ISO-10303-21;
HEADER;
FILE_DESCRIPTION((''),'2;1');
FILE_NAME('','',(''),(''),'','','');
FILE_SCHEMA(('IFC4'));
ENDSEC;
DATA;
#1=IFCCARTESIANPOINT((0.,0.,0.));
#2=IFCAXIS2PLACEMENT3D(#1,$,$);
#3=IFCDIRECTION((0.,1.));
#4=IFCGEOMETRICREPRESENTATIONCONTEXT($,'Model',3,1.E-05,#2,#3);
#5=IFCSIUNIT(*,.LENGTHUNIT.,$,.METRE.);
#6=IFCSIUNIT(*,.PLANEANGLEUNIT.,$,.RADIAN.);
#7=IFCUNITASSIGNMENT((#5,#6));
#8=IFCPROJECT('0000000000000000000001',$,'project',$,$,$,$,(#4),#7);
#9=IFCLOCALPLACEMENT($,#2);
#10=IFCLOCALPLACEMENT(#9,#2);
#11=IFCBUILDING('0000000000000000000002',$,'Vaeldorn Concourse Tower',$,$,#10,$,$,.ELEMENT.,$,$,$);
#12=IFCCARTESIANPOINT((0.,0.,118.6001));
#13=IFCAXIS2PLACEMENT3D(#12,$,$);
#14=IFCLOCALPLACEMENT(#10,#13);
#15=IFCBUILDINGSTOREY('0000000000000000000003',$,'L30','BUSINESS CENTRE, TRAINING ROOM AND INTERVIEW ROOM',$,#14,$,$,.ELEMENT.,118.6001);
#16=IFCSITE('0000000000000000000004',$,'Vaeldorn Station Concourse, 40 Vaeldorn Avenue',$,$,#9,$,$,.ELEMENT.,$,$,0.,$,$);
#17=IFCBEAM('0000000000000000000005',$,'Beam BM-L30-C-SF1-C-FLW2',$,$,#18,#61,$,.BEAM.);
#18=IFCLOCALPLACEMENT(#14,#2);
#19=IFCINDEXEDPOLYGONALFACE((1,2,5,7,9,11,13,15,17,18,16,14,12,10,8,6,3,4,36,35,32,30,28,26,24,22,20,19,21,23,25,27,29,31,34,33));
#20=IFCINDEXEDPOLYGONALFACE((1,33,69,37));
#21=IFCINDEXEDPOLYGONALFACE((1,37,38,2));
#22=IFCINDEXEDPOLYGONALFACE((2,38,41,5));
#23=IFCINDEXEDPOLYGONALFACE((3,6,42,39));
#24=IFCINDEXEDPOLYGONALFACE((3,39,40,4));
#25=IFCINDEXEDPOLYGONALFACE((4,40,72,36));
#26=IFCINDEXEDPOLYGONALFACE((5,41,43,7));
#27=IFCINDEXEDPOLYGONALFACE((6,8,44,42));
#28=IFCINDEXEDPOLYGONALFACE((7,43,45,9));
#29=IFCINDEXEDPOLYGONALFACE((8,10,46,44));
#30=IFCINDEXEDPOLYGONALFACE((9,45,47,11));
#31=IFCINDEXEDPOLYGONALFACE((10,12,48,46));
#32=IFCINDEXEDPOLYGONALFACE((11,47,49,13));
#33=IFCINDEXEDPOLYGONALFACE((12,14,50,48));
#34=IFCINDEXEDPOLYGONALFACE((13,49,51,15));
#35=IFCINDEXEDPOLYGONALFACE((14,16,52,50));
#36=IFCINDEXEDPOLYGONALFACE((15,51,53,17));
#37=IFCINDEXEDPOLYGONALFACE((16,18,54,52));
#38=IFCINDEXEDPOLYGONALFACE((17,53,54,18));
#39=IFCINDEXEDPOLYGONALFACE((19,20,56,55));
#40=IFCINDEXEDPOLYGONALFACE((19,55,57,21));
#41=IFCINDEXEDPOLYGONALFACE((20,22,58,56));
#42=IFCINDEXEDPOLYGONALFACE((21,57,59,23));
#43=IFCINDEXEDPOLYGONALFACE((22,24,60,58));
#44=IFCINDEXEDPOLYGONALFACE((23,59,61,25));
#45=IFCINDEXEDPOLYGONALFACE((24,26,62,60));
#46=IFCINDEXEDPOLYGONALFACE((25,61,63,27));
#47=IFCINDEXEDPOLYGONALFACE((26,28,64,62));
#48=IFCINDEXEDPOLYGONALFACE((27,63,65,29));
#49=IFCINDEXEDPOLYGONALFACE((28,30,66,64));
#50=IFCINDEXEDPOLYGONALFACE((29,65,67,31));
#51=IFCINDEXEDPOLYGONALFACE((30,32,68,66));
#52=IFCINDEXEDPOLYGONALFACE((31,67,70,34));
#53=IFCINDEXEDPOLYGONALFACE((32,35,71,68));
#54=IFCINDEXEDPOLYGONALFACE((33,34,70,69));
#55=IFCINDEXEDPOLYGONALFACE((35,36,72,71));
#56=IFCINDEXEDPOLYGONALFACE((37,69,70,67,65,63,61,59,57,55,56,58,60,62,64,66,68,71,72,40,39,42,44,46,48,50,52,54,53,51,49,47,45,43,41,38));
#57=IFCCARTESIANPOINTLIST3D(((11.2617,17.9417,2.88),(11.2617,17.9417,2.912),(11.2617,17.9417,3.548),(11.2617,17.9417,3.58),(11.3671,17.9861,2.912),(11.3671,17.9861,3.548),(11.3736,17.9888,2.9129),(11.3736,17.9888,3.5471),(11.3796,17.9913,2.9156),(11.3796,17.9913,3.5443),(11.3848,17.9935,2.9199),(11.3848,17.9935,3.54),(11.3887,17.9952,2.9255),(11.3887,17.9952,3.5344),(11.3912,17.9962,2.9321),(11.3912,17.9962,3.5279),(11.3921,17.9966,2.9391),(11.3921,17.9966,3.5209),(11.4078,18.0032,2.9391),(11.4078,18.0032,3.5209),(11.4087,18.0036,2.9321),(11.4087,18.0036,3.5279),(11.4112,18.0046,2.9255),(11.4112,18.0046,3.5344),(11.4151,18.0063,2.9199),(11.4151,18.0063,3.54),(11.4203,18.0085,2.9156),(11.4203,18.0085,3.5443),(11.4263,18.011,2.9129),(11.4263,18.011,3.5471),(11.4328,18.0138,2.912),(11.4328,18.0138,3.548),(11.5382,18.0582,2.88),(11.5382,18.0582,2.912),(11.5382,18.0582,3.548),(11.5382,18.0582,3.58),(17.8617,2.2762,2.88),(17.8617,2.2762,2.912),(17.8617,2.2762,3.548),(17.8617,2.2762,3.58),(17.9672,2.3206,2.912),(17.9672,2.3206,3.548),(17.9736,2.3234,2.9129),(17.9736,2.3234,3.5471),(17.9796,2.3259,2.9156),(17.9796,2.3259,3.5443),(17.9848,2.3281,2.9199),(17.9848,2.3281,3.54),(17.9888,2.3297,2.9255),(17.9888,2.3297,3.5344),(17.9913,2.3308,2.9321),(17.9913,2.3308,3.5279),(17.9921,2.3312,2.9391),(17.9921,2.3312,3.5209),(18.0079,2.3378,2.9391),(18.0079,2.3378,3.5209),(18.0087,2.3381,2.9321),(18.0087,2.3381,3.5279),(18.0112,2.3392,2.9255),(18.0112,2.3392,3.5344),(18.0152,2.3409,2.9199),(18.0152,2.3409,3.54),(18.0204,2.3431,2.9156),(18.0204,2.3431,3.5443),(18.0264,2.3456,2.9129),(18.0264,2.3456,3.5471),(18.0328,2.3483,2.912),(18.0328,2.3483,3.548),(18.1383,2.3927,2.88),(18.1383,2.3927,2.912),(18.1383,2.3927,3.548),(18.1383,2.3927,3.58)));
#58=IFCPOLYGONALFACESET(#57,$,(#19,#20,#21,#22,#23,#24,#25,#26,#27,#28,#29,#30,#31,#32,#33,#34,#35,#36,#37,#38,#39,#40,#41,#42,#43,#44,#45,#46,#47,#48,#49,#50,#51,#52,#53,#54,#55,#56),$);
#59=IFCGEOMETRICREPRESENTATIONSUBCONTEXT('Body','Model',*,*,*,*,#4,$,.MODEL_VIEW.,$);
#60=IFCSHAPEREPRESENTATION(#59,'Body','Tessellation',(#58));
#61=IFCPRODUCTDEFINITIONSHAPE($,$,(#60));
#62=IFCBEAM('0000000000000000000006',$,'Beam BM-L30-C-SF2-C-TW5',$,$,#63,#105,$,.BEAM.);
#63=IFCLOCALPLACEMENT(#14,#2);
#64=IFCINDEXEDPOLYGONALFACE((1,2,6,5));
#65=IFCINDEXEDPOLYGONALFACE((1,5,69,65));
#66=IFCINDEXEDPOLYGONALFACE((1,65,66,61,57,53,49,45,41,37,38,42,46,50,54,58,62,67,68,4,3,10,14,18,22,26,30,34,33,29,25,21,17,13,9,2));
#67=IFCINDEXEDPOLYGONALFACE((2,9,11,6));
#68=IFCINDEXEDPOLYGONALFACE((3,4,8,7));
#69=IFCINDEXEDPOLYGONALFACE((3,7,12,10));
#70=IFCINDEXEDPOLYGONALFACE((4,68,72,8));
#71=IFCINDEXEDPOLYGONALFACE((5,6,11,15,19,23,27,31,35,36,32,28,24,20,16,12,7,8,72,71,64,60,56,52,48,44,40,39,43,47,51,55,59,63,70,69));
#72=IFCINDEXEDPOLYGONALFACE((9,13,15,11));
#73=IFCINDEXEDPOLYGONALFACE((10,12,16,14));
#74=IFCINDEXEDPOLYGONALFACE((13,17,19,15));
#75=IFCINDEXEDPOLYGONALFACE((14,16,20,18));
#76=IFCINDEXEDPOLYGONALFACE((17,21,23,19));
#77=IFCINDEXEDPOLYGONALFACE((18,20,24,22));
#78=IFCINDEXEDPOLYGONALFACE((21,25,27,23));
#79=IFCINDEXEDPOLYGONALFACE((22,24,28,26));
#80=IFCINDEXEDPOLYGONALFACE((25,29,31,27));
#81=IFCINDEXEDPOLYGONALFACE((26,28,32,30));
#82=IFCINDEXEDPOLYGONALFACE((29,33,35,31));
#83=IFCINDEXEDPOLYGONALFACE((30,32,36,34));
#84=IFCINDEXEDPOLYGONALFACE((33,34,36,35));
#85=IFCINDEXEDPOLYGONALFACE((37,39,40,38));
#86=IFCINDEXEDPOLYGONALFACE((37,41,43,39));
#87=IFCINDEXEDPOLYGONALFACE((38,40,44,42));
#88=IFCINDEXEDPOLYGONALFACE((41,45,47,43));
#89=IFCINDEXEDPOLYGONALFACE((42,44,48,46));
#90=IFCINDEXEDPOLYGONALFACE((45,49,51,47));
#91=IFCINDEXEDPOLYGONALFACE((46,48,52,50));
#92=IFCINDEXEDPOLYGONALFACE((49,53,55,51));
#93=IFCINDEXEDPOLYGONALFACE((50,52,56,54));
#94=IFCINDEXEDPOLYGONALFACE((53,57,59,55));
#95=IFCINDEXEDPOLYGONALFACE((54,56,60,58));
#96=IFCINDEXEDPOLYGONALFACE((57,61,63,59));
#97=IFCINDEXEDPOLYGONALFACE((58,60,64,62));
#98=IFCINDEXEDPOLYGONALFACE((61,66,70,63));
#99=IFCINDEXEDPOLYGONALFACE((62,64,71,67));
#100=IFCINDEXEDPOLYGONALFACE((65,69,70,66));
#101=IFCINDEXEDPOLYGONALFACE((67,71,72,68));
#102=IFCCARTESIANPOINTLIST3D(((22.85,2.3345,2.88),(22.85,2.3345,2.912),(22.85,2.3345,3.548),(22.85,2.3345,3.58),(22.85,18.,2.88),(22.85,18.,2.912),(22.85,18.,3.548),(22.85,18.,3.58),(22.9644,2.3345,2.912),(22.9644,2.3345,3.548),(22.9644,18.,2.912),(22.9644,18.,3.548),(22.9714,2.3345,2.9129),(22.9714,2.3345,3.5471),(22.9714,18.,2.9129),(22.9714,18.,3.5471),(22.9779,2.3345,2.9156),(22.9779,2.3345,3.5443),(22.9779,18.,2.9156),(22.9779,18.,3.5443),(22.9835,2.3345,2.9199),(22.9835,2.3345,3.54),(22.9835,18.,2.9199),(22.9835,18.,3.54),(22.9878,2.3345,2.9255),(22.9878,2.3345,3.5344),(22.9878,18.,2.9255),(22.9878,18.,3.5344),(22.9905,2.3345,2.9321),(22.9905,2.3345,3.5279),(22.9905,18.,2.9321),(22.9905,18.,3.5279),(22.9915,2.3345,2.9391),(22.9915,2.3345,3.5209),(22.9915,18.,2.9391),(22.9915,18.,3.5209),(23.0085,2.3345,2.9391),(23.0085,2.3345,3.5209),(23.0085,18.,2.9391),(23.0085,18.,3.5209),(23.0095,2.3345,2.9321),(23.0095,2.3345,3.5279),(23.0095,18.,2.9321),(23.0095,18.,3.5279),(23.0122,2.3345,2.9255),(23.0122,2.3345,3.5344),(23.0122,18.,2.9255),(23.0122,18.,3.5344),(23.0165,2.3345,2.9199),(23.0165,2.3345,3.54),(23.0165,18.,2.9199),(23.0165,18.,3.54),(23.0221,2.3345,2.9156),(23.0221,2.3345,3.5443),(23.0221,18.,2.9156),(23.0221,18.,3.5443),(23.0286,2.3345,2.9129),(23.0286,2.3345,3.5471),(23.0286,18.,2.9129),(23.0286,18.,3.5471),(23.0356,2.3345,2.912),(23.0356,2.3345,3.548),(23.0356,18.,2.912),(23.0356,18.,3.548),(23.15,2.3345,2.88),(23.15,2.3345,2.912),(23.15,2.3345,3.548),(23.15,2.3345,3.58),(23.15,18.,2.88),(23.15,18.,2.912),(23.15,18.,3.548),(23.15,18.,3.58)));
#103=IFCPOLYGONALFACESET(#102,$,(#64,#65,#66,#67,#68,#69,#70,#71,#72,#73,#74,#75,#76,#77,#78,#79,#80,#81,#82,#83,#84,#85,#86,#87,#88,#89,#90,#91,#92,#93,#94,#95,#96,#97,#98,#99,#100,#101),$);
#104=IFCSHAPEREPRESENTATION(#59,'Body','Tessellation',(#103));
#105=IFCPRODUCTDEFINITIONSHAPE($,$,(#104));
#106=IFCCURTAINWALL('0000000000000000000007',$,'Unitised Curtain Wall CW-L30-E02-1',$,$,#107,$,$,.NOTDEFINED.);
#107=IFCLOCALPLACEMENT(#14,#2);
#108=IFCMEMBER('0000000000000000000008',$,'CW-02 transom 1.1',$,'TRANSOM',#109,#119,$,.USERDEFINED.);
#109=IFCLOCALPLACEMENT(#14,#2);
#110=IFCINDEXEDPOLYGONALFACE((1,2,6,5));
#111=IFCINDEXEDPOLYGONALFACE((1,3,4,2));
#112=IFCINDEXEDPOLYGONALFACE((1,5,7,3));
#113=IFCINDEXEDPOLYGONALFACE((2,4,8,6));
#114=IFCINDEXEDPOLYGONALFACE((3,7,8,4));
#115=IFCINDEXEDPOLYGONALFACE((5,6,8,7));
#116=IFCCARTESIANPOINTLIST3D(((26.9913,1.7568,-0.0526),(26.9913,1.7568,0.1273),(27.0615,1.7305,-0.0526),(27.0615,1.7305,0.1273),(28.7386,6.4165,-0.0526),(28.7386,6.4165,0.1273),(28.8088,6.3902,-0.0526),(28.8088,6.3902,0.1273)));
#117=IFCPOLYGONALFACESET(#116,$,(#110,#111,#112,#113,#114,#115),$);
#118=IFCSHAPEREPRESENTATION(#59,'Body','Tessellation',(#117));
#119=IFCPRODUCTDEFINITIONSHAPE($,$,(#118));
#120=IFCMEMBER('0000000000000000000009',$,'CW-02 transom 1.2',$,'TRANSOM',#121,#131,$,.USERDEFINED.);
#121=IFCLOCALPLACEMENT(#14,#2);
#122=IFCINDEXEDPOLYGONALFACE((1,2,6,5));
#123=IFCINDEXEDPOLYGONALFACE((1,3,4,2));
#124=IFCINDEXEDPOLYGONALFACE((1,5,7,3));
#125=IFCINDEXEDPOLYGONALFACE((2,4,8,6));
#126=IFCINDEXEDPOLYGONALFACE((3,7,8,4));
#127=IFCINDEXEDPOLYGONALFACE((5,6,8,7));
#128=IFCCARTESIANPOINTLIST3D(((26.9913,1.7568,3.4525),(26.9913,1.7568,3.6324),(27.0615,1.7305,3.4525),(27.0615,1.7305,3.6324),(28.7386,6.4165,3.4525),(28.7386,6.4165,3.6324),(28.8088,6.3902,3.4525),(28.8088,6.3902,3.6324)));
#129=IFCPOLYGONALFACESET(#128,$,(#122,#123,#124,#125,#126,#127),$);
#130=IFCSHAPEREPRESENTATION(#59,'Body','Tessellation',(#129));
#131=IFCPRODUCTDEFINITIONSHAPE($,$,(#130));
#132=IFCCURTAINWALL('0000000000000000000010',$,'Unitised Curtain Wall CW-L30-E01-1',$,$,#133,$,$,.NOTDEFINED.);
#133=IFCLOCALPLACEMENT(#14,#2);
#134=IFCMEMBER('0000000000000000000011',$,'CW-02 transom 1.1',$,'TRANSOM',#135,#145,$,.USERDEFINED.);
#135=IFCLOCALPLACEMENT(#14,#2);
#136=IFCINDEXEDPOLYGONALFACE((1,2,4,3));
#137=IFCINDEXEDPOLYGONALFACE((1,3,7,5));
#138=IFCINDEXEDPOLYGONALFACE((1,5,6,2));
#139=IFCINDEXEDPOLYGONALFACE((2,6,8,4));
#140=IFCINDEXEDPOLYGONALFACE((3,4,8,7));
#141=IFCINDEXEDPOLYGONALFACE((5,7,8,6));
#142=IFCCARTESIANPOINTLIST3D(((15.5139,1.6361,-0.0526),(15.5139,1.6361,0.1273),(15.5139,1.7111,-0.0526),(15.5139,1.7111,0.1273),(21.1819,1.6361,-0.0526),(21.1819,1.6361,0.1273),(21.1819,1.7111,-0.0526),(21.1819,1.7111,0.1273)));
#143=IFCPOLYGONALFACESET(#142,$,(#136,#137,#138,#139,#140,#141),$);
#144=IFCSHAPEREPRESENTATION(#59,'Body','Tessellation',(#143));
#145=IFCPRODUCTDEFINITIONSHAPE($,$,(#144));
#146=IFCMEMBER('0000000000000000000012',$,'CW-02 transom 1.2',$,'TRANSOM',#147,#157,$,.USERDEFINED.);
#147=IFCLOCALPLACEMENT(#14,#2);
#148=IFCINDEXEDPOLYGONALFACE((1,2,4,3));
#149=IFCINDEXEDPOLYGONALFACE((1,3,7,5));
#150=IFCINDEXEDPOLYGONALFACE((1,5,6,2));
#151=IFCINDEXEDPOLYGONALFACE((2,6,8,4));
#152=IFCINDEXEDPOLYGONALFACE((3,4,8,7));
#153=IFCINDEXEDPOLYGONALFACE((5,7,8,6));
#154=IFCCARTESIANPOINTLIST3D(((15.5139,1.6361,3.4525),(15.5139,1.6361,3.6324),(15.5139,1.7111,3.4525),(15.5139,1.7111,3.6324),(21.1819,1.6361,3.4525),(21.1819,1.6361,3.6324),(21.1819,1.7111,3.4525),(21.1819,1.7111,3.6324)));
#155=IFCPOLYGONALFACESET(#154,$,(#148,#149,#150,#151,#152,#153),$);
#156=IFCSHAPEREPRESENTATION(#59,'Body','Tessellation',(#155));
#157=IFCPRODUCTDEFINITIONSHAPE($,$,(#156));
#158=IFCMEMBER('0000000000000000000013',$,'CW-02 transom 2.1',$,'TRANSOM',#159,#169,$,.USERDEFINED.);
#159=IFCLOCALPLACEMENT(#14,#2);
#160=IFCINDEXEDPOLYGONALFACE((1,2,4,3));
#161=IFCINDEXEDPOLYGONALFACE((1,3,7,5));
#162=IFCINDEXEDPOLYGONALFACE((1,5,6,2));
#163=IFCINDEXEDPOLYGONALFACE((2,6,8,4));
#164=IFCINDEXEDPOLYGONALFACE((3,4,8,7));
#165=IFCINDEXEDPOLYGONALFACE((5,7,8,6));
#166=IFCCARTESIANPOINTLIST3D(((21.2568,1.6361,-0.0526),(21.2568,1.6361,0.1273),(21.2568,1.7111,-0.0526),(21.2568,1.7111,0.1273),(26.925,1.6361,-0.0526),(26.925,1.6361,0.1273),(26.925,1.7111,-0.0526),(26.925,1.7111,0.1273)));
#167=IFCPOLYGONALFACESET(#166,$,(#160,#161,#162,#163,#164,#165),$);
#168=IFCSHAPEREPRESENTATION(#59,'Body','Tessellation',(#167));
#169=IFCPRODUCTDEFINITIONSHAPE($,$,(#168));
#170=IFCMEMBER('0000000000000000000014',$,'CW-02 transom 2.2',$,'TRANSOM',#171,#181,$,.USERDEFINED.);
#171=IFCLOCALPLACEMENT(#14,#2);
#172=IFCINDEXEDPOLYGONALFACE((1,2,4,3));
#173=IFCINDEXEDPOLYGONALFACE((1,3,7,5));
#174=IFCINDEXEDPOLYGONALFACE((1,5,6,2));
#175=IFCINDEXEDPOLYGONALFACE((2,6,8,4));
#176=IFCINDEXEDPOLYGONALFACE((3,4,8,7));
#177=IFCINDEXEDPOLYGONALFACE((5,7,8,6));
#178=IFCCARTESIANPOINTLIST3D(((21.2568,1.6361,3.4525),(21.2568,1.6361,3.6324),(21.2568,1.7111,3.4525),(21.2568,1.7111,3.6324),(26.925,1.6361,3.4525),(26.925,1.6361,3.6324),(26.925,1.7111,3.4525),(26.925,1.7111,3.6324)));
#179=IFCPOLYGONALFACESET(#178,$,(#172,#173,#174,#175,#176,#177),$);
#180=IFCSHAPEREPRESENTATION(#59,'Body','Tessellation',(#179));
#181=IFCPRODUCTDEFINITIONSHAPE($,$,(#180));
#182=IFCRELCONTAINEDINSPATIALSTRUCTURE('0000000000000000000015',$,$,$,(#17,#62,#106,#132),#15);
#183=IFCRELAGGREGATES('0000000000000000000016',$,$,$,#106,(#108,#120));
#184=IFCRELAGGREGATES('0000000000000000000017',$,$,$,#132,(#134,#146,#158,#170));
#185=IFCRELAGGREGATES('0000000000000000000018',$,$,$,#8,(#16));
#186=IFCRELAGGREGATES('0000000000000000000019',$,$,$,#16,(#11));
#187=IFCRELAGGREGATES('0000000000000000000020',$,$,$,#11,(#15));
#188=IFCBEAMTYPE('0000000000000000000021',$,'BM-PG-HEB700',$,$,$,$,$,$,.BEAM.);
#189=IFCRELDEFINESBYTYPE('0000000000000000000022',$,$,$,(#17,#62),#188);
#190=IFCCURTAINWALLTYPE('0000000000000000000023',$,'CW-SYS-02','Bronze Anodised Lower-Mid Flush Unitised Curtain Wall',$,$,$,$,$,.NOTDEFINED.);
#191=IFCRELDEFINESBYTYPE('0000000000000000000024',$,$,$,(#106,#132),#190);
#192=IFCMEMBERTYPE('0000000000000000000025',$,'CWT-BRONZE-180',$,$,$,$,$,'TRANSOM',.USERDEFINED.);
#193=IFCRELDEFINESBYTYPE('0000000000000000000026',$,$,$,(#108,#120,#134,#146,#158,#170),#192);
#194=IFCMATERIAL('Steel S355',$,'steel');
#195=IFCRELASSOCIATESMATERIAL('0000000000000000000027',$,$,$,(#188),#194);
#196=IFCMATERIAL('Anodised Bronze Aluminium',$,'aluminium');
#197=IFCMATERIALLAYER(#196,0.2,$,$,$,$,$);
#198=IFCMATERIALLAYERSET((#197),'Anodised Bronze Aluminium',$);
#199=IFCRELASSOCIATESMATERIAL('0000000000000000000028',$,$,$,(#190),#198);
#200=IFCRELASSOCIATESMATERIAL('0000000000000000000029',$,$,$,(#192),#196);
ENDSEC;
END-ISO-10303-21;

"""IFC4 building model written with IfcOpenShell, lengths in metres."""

from ifc_helpers import new_model, si_unit, direction, frame, origin, origin_2d, place, context, subcontext, project, spatial, rectangle, i_section, extrude, source, transform, mapped, material, layer, layer_set, material_profile, profile_set, type_object, element, aggregate, save


model = new_model("IFC4")

# Units and contexts
model_context = context("Model", 3, precision=1e-05, world=origin(), true_north=direction((0.0, 1.0)))
body_context = subcontext(model_context, "Body", "Model", "MODEL_VIEW")
ifc_project = project(units=[si_unit("LENGTHUNIT", "METRE"), si_unit("PLANEANGLEUNIT", "RADIAN")], contexts=[model_context])

# Site, building, storey
site_placement = place(None, origin())
site = spatial("IfcSite", under=ifc_project, at=site_placement, Name="Vaeldorn Station Concourse, 40 Vaeldorn Avenue", CompositionType="ELEMENT", RefElevation=0.0)
building_placement = place(site_placement, origin())
building = spatial("IfcBuilding", under=site, at=building_placement, Name="Vaeldorn Concourse Tower", CompositionType="ELEMENT")
storey_placement = place(building_placement, frame((0.0, 0.0, 118.6001)))
storey = spatial("IfcBuildingStorey", under=building, at=storey_placement, Name="L30", Description="BUSINESS CENTRE, TRAINING ROOM AND INTERVIEW ROOM", CompositionType="ELEMENT", Elevation=118.6001)

# Beams
ifc_material_1 = material(Name="Steel S355", Category="steel")
ifc_material_profile_1 = material_profile(ifc_material_1, i_section(OverallWidth=0.3, OverallDepth=0.7, WebThickness=0.0171, FlangeThickness=0.032, FilletRadius=0.0271, at=origin_2d()), Name="HEB 700")
ifc_profile_set_1 = profile_set([ifc_material_profile_1], Name="Steel S355")
beam_type_1 = type_object("IfcBeamType", Name="BM-PG-HEB700", PredefinedType="BEAM", material=ifc_profile_set_1)
shared_shape_1 = source(origin(), body_context, "Body", "SweptSolid", [
    extrude(i_section(OverallWidth=0.3, OverallDepth=0.7, WebThickness=0.0171, FlangeThickness=0.032, FilletRadius=0.0271, at=origin_2d()), origin(), (0.0, 0.0, 1.0), 16.999),
])
beam_1_placement = place(storey_placement, frame((18.0, 2.3345, 3.23), z_axis=(-0.388261, 0.921549, 0.0), x_axis=(-0.921549, -0.388261, 0.0)))
element("IfcBeam", 1, at=beam_1_placement, inside=storey, type_object=beam_type_1, Name="Beam BM-L30-C-SF1-C-FLW2", PredefinedType="BEAM", context=body_context, shape_type="MappedRepresentation", body=[
    mapped(shared_shape_1, transform((0.0, 0.0, 0.0), scale=1.0)),
])
shared_shape_2 = source(origin(), body_context, "Body", "SweptSolid", [
    extrude(i_section(OverallWidth=0.3, OverallDepth=0.7, WebThickness=0.0171, FlangeThickness=0.032, FilletRadius=0.0271, at=origin_2d()), origin(), (0.0, 0.0, 1.0), 15.6655),
])
beam_2_placement = place(storey_placement, frame((23.0, 2.3345, 3.23), z_axis=(0.0, 1.0, 0.0), x_axis=(-1.0, 0.0, 0.0)))
element("IfcBeam", 2, at=beam_2_placement, inside=storey, type_object=beam_type_1, Name="Beam BM-L30-C-SF2-C-TW5", PredefinedType="BEAM", context=body_context, shape_type="MappedRepresentation", body=[
    mapped(shared_shape_2, transform((0.0, 0.0, 0.0), scale=1.0)),
])

# Curtain walls, members
ifc_material_2 = material(Name="Anodised Bronze Aluminium", Category="aluminium")
ifc_layer_1 = layer(ifc_material_2, 0.2)
ifc_layer_set_1 = layer_set([ifc_layer_1], Name="Anodised Bronze Aluminium")
curtain_wall_type = type_object("IfcCurtainWallType", Name="CW-SYS-02", Description="Bronze Anodised Lower-Mid Flush Unitised Curtain Wall", PredefinedType="NOTDEFINED", material=ifc_layer_set_1)
curtain_wall_1_placement = place(storey_placement, origin())
curtain_wall_1 = element("IfcCurtainWall", 3, at=curtain_wall_1_placement, inside=storey, type_object=curtain_wall_type, Name="Unitised Curtain Wall CW-L30-E02-1", PredefinedType="NOTDEFINED")
ifc_material_profile_2 = material_profile(ifc_material_2, rectangle(XDim=0.075, YDim=0.1799, at=origin_2d()), Name="CWT 75x180")
ifc_profile_set_2 = profile_set([ifc_material_profile_2], Name="Anodised Bronze Aluminium")
member_type_1 = type_object("IfcMemberType", Name="CWT-BRONZE-180", ElementType="TRANSOM", PredefinedType="USERDEFINED", material=ifc_profile_set_2)
shared_shape_3 = source(origin(), body_context, "Body", "SweptSolid", [
    extrude(rectangle(XDim=0.075, YDim=0.1799, at=origin_2d()), origin(), (0.0, 0.0, 1.0), 4.9766),
])
member_1_placement = place(storey_placement, frame((27.0264, 1.7437, 0.0374), z_axis=(0.351113, 0.936333, 0.0), x_axis=(-0.936333, 0.351113, 0.0)))
member_1 = element("IfcMember", 4, at=member_1_placement, type_object=member_type_1, Name="CW-02 transom 1.1", ObjectType="TRANSOM", PredefinedType="USERDEFINED", context=body_context, shape_type="MappedRepresentation", body=[
    mapped(shared_shape_3, transform((0.0, 0.0, 0.0), scale=1.0)),
])
member_2_placement = place(storey_placement, frame((27.0264, 1.7437, 3.5425), z_axis=(0.351113, 0.936333, 0.0), x_axis=(-0.936333, 0.351113, 0.0)))
member_2 = element("IfcMember", 5, at=member_2_placement, type_object=member_type_1, Name="CW-02 transom 1.2", ObjectType="TRANSOM", PredefinedType="USERDEFINED", context=body_context, shape_type="MappedRepresentation", body=[
    mapped(shared_shape_3, transform((0.0, 0.0, 0.0), scale=1.0)),
])
curtain_wall_2_placement = place(storey_placement, origin())
curtain_wall_2 = element("IfcCurtainWall", 6, at=curtain_wall_2_placement, inside=storey, type_object=curtain_wall_type, Name="Unitised Curtain Wall CW-L30-E01-1", PredefinedType="NOTDEFINED")
shared_shape_4 = source(origin(), body_context, "Body", "SweptSolid", [
    extrude(rectangle(XDim=0.075, YDim=0.1799, at=origin_2d()), origin(), (0.0, 0.0, 1.0), 5.668),
])
member_3_placement = place(storey_placement, frame((15.5139, 1.6736, 0.0374), z_axis=(1.0, 0.0, 0.0), x_axis=(0.0, 1.0, 0.0)))
member_3 = element("IfcMember", 7, at=member_3_placement, type_object=member_type_1, Name="CW-02 transom 1.1", ObjectType="TRANSOM", PredefinedType="USERDEFINED", context=body_context, shape_type="MappedRepresentation", body=[
    mapped(shared_shape_4, transform((0.0, 0.0, 0.0), scale=1.0)),
])
member_4_placement = place(storey_placement, frame((15.5139, 1.6736, 3.5425), z_axis=(1.0, 0.0, 0.0), x_axis=(0.0, 1.0, 0.0)))
member_4 = element("IfcMember", 8, at=member_4_placement, type_object=member_type_1, Name="CW-02 transom 1.2", ObjectType="TRANSOM", PredefinedType="USERDEFINED", context=body_context, shape_type="MappedRepresentation", body=[
    mapped(shared_shape_4, transform((0.0, 0.0, 0.0), scale=1.0)),
])
shared_shape_5 = source(origin(), body_context, "Body", "SweptSolid", [
    extrude(rectangle(XDim=0.075, YDim=0.1799, at=origin_2d()), origin(), (0.0, 0.0, 1.0), 5.6682),
])
member_5_placement = place(storey_placement, frame((21.2568, 1.6736, 0.0374), z_axis=(1.0, 0.0, 0.0), x_axis=(0.0, 1.0, 0.0)))
member_5 = element("IfcMember", 9, at=member_5_placement, type_object=member_type_1, Name="CW-02 transom 2.1", ObjectType="TRANSOM", PredefinedType="USERDEFINED", context=body_context, shape_type="MappedRepresentation", body=[
    mapped(shared_shape_5, transform((0.0, 0.0, 0.0), scale=1.0)),
])
member_6_placement = place(storey_placement, frame((21.2568, 1.6736, 3.5425), z_axis=(1.0, 0.0, 0.0), x_axis=(0.0, 1.0, 0.0)))
member_6 = element("IfcMember", 10, at=member_6_placement, type_object=member_type_1, Name="CW-02 transom 2.2", ObjectType="TRANSOM", PredefinedType="USERDEFINED", context=body_context, shape_type="MappedRepresentation", body=[
    mapped(shared_shape_5, transform((0.0, 0.0, 0.0), scale=1.0)),
])

aggregate(curtain_wall_1, [member_1, member_2])

aggregate(curtain_wall_2, [member_3, member_4, member_5, member_6])

save(model, "model.ifc")
